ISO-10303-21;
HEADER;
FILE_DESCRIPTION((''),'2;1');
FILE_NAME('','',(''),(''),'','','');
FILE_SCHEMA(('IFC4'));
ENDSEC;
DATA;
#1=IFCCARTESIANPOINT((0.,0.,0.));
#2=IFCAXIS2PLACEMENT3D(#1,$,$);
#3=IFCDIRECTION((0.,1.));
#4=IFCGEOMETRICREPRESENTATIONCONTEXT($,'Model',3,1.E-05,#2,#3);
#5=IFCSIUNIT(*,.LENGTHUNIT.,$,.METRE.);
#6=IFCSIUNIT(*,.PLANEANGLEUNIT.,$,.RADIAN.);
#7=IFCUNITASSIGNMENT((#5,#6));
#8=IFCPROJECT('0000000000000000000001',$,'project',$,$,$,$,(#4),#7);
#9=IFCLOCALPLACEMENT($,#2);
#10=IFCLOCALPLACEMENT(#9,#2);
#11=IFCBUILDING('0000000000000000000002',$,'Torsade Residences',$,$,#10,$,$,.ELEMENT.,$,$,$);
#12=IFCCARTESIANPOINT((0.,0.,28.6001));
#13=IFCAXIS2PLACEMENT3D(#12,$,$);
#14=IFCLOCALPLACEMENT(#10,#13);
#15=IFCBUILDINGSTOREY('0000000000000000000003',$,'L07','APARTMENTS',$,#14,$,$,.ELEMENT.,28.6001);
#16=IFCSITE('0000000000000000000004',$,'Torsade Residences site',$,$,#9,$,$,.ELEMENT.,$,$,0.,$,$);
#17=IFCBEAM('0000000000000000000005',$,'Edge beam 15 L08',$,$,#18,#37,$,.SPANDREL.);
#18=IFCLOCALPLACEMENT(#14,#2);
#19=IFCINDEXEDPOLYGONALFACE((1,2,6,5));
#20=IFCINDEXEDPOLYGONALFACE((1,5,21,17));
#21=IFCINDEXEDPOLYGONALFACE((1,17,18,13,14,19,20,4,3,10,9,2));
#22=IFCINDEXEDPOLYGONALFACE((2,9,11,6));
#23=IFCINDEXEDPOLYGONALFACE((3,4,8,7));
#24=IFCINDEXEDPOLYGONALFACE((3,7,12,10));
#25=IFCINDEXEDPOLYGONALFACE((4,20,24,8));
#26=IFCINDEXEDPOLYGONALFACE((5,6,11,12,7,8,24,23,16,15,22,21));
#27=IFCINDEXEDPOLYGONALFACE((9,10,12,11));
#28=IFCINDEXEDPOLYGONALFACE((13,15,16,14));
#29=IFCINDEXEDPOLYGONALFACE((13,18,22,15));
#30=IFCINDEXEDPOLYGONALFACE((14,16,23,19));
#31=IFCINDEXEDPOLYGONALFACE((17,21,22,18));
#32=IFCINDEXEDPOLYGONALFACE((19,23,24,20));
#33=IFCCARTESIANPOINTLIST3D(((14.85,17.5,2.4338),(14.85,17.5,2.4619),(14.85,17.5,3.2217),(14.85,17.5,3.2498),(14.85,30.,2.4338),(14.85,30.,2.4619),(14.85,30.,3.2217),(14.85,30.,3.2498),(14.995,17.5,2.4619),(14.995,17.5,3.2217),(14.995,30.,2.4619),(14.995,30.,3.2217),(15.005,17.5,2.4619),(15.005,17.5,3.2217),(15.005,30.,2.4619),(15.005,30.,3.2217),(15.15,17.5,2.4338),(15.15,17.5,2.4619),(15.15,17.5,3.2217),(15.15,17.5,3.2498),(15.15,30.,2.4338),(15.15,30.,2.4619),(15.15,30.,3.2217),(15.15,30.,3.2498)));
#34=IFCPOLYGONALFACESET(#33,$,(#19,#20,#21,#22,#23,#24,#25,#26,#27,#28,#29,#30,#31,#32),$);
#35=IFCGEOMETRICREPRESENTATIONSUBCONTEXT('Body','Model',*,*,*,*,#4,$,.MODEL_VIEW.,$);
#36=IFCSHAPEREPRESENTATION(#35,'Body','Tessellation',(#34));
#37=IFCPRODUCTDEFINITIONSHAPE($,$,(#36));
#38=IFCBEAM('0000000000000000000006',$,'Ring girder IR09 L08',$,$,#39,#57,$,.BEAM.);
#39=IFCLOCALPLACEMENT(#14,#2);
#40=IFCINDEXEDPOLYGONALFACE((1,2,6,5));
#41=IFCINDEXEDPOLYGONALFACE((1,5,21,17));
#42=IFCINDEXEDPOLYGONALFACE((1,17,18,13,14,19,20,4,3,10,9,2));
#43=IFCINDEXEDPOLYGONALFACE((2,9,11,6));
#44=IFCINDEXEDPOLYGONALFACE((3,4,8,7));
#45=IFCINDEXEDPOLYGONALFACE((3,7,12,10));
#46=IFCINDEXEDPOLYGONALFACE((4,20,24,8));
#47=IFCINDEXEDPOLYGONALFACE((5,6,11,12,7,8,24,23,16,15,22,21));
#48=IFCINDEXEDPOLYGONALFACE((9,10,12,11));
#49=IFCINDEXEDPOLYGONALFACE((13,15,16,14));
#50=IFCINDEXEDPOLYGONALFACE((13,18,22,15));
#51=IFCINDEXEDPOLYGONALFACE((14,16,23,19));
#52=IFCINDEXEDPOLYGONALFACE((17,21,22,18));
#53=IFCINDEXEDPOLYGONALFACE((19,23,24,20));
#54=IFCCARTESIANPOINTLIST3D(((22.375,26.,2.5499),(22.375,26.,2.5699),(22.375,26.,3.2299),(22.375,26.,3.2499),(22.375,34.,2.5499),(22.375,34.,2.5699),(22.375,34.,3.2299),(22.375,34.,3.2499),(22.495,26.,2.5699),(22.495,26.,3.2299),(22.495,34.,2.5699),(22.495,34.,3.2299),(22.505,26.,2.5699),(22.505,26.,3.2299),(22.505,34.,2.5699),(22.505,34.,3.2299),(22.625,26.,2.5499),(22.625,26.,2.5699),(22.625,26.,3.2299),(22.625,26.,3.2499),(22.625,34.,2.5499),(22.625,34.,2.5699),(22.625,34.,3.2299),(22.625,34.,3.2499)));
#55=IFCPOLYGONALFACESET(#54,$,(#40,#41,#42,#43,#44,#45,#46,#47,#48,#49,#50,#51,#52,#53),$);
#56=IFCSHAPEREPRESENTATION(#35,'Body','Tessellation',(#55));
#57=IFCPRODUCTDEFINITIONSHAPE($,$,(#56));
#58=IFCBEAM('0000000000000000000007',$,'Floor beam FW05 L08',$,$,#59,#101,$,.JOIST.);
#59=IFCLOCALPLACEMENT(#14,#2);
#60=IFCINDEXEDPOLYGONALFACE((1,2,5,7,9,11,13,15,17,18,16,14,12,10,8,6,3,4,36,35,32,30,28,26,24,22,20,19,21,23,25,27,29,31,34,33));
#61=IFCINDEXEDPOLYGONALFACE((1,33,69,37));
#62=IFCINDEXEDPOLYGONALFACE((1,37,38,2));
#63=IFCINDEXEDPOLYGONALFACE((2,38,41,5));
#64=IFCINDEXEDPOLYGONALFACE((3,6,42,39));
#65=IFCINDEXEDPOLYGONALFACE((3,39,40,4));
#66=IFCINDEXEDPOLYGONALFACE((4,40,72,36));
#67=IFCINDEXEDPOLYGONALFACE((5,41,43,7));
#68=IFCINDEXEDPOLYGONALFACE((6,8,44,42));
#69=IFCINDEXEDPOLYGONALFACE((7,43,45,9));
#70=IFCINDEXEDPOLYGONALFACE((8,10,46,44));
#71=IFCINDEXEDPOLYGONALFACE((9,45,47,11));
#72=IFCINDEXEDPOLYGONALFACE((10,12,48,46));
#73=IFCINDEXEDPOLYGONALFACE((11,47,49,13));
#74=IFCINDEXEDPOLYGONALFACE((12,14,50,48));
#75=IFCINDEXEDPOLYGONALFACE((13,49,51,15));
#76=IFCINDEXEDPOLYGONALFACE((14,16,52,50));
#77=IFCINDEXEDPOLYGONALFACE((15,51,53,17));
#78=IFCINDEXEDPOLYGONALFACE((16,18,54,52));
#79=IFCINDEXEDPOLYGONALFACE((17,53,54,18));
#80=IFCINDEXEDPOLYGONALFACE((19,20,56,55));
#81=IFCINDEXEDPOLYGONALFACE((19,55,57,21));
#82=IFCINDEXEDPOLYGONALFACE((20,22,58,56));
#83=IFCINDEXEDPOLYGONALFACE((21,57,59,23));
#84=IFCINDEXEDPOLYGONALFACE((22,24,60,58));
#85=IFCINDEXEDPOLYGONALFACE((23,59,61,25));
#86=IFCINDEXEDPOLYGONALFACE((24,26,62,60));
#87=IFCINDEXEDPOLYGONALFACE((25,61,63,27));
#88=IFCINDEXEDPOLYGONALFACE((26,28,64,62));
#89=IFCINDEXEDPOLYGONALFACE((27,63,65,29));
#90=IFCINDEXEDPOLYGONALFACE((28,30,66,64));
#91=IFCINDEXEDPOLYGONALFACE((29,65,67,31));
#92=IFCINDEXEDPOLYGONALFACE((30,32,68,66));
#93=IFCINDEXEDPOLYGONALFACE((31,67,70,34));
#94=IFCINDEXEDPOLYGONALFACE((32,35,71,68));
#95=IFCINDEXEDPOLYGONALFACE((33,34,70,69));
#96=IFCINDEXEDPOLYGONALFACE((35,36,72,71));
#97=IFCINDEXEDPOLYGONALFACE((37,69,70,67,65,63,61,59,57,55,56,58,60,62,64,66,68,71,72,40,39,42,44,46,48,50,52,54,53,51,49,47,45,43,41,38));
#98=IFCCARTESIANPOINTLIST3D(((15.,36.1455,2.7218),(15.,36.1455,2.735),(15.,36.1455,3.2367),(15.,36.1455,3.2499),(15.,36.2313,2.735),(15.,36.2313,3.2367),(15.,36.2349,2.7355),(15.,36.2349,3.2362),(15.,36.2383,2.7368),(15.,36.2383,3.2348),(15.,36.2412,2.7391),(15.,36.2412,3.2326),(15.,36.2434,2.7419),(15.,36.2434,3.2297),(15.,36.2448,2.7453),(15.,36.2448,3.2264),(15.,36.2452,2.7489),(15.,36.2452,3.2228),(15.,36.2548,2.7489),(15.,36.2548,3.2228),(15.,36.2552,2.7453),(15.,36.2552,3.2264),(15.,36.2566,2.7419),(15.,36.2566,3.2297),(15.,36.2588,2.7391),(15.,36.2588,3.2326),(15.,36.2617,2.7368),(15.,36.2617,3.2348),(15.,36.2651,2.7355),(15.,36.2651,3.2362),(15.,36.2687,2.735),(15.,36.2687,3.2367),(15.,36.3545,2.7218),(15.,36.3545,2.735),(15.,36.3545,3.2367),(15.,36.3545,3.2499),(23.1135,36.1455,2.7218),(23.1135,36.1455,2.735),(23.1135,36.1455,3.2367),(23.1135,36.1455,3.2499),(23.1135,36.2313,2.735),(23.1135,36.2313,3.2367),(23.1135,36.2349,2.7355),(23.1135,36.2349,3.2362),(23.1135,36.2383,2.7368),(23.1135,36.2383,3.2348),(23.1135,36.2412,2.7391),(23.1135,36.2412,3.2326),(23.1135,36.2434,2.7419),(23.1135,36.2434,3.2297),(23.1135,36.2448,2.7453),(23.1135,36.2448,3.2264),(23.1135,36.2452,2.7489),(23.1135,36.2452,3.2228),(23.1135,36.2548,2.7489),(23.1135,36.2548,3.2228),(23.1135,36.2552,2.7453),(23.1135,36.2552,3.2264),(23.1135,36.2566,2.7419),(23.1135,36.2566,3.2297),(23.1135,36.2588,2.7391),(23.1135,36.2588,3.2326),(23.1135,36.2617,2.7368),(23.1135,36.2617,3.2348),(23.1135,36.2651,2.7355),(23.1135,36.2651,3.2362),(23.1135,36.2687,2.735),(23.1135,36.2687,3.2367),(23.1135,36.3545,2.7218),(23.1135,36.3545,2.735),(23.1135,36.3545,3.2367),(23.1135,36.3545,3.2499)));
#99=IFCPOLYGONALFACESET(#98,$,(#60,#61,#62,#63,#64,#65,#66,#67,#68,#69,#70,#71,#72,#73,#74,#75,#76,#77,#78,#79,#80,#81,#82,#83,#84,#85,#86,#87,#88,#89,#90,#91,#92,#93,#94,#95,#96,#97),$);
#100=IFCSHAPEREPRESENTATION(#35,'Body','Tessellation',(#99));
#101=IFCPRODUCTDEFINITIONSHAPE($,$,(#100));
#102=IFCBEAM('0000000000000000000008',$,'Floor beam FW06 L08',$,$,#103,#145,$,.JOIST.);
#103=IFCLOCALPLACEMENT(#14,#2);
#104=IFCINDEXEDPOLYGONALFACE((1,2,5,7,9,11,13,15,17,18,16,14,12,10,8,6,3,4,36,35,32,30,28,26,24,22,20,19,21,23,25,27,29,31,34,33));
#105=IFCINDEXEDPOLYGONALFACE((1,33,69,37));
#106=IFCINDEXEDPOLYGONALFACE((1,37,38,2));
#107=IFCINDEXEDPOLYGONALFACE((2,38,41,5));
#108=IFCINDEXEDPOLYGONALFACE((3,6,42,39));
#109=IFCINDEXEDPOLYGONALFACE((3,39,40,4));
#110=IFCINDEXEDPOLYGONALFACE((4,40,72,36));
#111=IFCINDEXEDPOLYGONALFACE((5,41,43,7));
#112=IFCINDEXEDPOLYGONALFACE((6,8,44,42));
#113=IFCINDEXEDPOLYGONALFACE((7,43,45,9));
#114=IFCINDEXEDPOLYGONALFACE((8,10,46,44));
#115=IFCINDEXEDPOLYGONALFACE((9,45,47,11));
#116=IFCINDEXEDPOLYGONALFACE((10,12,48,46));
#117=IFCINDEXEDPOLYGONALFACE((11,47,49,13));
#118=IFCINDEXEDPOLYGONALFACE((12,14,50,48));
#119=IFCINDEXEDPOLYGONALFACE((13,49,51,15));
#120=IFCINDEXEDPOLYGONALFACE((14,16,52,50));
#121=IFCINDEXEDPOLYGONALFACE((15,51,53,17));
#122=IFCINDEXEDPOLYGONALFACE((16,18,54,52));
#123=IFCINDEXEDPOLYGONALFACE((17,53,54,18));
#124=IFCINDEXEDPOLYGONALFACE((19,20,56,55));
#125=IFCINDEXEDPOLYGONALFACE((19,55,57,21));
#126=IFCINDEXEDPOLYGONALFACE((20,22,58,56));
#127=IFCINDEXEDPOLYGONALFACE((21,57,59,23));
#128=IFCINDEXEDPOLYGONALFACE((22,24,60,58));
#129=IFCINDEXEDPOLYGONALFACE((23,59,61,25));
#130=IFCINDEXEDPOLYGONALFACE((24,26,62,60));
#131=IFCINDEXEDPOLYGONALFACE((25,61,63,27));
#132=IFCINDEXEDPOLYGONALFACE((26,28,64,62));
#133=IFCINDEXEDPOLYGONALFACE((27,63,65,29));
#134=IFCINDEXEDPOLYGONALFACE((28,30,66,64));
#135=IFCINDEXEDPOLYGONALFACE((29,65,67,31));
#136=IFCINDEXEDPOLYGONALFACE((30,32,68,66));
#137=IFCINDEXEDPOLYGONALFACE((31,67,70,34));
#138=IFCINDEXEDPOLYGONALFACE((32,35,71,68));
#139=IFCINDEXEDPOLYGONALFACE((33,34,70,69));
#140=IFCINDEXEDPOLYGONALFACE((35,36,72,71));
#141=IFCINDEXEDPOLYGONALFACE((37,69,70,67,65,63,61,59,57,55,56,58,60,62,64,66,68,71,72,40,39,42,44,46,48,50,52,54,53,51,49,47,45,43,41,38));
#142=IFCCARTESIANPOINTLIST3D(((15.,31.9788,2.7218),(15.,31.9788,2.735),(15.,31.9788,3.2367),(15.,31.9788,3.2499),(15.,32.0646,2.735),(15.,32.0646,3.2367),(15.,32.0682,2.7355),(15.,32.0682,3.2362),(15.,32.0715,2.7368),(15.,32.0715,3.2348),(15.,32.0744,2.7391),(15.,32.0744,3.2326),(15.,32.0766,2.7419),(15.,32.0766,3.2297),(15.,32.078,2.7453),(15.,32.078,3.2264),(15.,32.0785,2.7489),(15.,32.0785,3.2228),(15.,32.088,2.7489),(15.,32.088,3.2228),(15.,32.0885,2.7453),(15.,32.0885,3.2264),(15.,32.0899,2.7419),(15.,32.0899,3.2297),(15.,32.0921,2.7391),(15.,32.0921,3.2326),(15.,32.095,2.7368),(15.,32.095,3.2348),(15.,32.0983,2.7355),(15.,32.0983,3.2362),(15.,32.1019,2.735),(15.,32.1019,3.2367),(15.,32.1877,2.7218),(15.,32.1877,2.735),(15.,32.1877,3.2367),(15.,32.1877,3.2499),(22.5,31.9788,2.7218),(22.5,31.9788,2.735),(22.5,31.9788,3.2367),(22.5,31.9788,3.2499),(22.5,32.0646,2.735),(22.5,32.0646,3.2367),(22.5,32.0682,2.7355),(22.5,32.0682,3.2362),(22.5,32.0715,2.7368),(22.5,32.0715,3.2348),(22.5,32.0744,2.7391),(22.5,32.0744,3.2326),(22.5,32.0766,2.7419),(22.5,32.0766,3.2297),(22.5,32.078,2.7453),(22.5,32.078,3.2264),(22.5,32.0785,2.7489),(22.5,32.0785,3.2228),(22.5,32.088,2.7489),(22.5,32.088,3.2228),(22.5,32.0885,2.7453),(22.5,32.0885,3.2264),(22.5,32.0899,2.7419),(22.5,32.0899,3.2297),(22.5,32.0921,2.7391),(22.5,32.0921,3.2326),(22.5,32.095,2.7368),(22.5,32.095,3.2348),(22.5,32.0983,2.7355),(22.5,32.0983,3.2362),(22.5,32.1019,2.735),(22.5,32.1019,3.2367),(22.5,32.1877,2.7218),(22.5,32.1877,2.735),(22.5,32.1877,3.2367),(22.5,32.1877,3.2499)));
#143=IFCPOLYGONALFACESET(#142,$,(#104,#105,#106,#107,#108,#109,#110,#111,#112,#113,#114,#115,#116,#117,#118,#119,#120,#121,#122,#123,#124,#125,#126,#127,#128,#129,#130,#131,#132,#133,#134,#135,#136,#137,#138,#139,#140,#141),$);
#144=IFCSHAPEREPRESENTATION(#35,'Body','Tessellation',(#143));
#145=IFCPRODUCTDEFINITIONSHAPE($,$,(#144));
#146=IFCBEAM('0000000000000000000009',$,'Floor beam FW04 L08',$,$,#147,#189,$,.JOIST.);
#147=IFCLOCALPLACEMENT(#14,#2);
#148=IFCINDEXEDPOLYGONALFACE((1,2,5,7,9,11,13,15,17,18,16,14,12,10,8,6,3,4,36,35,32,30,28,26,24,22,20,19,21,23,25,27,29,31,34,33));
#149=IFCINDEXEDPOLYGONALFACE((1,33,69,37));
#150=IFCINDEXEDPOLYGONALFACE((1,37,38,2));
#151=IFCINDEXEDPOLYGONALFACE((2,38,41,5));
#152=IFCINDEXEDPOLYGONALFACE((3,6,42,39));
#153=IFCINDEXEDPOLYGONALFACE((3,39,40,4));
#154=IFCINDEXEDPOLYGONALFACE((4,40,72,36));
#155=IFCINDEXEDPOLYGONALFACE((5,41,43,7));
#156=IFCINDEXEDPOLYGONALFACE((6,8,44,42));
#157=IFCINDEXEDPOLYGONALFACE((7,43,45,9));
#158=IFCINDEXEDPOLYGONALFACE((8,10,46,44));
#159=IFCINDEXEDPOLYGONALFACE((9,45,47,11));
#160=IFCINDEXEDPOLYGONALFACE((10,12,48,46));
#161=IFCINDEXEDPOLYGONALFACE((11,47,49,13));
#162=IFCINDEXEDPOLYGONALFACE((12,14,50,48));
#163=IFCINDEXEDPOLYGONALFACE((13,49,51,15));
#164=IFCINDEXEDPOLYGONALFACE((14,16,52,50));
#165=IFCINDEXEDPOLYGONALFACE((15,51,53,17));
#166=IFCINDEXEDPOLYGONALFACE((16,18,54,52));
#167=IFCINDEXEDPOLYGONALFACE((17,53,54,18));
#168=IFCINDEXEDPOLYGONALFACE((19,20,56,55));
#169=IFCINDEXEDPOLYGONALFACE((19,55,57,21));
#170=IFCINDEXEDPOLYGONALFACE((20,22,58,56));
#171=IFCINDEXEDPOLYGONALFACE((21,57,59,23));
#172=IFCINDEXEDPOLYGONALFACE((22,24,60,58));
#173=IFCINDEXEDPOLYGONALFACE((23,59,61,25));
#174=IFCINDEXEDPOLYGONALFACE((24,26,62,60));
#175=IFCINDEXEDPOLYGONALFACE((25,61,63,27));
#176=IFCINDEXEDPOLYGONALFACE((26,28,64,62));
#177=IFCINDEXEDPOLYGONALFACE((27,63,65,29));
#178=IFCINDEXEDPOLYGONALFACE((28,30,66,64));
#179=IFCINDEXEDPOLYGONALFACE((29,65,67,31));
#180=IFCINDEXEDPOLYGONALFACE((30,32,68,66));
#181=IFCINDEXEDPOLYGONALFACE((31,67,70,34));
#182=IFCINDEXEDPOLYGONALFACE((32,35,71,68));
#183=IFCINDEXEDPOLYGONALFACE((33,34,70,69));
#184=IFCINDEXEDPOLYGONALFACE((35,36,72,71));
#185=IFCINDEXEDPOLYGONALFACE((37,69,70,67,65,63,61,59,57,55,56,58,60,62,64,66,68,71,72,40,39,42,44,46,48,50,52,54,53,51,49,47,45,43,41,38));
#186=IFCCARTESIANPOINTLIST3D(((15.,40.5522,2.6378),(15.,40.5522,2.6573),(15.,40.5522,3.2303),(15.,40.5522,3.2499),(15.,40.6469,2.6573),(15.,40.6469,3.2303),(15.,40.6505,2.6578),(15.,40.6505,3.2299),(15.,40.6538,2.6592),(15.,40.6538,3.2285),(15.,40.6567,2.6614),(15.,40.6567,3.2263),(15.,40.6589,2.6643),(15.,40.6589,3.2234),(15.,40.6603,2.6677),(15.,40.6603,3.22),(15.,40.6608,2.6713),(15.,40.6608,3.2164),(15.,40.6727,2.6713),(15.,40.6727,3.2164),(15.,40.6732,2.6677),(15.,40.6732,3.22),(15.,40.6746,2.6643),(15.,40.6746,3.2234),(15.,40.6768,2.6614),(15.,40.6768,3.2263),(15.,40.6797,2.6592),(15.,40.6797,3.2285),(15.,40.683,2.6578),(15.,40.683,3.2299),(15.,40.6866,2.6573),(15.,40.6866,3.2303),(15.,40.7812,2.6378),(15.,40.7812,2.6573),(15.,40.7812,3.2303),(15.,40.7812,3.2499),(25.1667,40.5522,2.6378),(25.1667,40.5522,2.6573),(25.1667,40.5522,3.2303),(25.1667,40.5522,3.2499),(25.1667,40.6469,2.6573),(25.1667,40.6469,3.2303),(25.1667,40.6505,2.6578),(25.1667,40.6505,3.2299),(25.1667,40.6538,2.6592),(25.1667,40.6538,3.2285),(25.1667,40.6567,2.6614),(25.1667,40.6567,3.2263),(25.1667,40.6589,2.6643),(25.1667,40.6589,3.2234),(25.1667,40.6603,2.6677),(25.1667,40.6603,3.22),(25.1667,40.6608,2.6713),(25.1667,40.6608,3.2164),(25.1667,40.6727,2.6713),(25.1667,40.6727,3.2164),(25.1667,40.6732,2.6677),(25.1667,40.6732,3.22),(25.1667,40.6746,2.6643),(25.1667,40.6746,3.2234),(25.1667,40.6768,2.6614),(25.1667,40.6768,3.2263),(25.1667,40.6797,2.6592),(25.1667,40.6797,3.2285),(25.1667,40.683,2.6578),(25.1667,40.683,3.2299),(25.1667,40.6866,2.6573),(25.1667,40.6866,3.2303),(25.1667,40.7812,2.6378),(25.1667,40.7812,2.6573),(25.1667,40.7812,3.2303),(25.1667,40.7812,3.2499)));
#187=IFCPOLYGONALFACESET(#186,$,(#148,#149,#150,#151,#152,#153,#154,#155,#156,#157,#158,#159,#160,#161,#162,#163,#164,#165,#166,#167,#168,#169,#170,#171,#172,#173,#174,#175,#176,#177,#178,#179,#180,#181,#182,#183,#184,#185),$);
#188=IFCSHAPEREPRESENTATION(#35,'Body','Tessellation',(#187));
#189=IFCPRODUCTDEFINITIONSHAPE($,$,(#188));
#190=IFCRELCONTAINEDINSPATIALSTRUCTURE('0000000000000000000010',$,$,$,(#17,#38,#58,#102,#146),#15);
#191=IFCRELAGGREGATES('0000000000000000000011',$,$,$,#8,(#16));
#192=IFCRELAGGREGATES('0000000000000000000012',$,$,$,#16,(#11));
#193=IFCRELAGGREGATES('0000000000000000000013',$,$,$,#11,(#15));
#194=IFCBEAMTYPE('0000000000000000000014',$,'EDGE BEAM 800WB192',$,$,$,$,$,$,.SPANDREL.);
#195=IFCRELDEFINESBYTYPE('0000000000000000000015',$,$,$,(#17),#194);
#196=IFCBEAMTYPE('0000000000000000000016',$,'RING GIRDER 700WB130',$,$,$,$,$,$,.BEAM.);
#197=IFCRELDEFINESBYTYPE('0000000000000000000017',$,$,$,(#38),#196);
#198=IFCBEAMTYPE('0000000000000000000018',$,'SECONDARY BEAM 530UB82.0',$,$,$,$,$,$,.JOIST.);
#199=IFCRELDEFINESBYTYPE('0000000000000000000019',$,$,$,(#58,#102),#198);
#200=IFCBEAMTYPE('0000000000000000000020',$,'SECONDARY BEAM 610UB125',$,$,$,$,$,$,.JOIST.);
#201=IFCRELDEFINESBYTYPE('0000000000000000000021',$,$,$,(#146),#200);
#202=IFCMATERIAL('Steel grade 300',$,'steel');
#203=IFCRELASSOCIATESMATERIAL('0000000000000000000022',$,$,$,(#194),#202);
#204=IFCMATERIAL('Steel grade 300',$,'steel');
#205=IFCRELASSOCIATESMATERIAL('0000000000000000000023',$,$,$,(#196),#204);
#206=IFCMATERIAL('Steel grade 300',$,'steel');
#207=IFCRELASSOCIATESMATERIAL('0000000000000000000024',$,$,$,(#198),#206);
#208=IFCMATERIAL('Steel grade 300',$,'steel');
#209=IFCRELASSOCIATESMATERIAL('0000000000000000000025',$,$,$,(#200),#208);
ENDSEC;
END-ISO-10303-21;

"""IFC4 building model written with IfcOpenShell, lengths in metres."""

from ifc_helpers import new_model, si_unit, direction, frame, origin, origin_2d, place, context, subcontext, project, spatial, i_section, extrude, material, material_profile, profile_set, type_object, element, save


model = new_model("IFC4")

# Units and contexts
model_context = context("Model", 3, precision=1e-05, world=origin(), true_north=direction((0.0, 1.0)))
body_context = subcontext(model_context, "Body", "Model", "MODEL_VIEW")
ifc_project = project(units=[si_unit("LENGTHUNIT", "METRE"), si_unit("PLANEANGLEUNIT", "RADIAN")], contexts=[model_context])

# Site, building, storey
site_placement = place(None, origin())
site = spatial("IfcSite", under=ifc_project, at=site_placement, Name="Torsade Residences site", CompositionType="ELEMENT", RefElevation=0.0)
building_placement = place(site_placement, origin())
building = spatial("IfcBuilding", under=site, at=building_placement, Name="Torsade Residences", CompositionType="ELEMENT")
storey_placement = place(building_placement, frame((0.0, 0.0, 28.6001)))
storey = spatial("IfcBuildingStorey", under=building, at=storey_placement, Name="L07", Description="APARTMENTS", CompositionType="ELEMENT", Elevation=28.6001)

# Beams
ifc_material_1 = material(Name="Steel grade 300", Category="steel")
ifc_material_profile_1 = material_profile(ifc_material_1, i_section(OverallWidth=0.3, OverallDepth=0.8159, WebThickness=0.01, FlangeThickness=0.0281, at=origin_2d()), Name="800WB192")
ifc_profile_set_1 = profile_set([ifc_material_profile_1], Name="Steel grade 300")
beam_type_1 = type_object("IfcBeamType", Name="EDGE BEAM 800WB192", PredefinedType="SPANDREL", material=ifc_profile_set_1)
for number, where, z_axis, x_axis, name in (
    (1, (15.0, 30.0, 2.8418), (0.0, -1.0, 0.0), (1.0, 0.0, 0.0), "Edge beam 15 L08"),
):
    element("IfcBeam", number, at=place(storey_placement, frame(where, z_axis=z_axis, x_axis=x_axis)), inside=storey, type_object=beam_type_1, Name=name, PredefinedType="SPANDREL", context=body_context, shape_type="SweptSolid", body=[
        extrude(i_section(OverallWidth=0.3, OverallDepth=0.8159, WebThickness=0.01, FlangeThickness=0.0281, at=origin_2d()), origin(), (0.0, 0.0, 1.0), 12.5),
    ])
ifc_material_2 = material(Name="Steel grade 300", Category="steel")
ifc_material_profile_2 = material_profile(ifc_material_2, i_section(OverallWidth=0.25, OverallDepth=0.7, WebThickness=0.01, FlangeThickness=0.02, at=origin_2d()), Name="700WB130")
ifc_profile_set_2 = profile_set([ifc_material_profile_2], Name="Steel grade 300")
beam_type_2 = type_object("IfcBeamType", Name="RING GIRDER 700WB130", PredefinedType="BEAM", material=ifc_profile_set_2)
beam_1_placement = place(storey_placement, frame((22.5, 34.0, 2.8999), z_axis=(0.0, -1.0, 0.0), x_axis=(1.0, 0.0, 0.0)))
element("IfcBeam", 2, at=beam_1_placement, inside=storey, type_object=beam_type_2, Name="Ring girder IR09 L08", PredefinedType="BEAM", context=body_context, shape_type="SweptSolid", body=[
    extrude(i_section(OverallWidth=0.25, OverallDepth=0.7, WebThickness=0.01, FlangeThickness=0.02, at=origin_2d()), origin(), (0.0, 0.0, 1.0), 8.0),
])
ifc_material_3 = material(Name="Steel grade 300", Category="steel")
ifc_material_profile_3 = material_profile(ifc_material_3, i_section(OverallWidth=0.209, OverallDepth=0.5281, WebThickness=0.0095, FlangeThickness=0.0132, FilletRadius=0.0139, at=origin_2d()), Name="530UB82.0")
ifc_profile_set_3 = profile_set([ifc_material_profile_3], Name="Steel grade 300")
beam_type_3 = type_object("IfcBeamType", Name="SECONDARY BEAM 530UB82.0", PredefinedType="JOIST", material=ifc_profile_set_3)
beam_2_placement = place(storey_placement, frame((15.0, 36.25, 2.9858), z_axis=(1.0, 0.0, 0.0), x_axis=(0.0, 1.0, 0.0)))
element("IfcBeam", 3, at=beam_2_placement, inside=storey, type_object=beam_type_3, Name="Floor beam FW05 L08", PredefinedType="JOIST", context=body_context, shape_type="SweptSolid", body=[
    extrude(i_section(OverallWidth=0.209, OverallDepth=0.5281, WebThickness=0.0095, FlangeThickness=0.0132, FilletRadius=0.0139, at=origin_2d()), origin(), (0.0, 0.0, 1.0), 8.1135),
])
beam_3_placement = place(storey_placement, frame((15.0, 32.0833, 2.9858), z_axis=(1.0, 0.0, 0.0), x_axis=(0.0, 1.0, 0.0)))
element("IfcBeam", 4, at=beam_3_placement, inside=storey, type_object=beam_type_3, Name="Floor beam FW06 L08", PredefinedType="JOIST", context=body_context, shape_type="SweptSolid", body=[
    extrude(i_section(OverallWidth=0.209, OverallDepth=0.5281, WebThickness=0.0095, FlangeThickness=0.0132, FilletRadius=0.0139, at=origin_2d()), origin(), (0.0, 0.0, 1.0), 7.5),
])
ifc_material_4 = material(Name="Steel grade 300", Category="steel")
ifc_material_profile_4 = material_profile(ifc_material_4, i_section(OverallWidth=0.229, OverallDepth=0.6121, WebThickness=0.012, FlangeThickness=0.0195, FilletRadius=0.0139, at=origin_2d()), Name="610UB125")
ifc_profile_set_4 = profile_set([ifc_material_profile_4], Name="Steel grade 300")
beam_type_4 = type_object("IfcBeamType", Name="SECONDARY BEAM 610UB125", PredefinedType="JOIST", material=ifc_profile_set_4)
beam_4_placement = place(storey_placement, frame((15.0, 40.6667, 2.9438), z_axis=(1.0, 0.0, 0.0), x_axis=(0.0, 1.0, 0.0)))
element("IfcBeam", 5, at=beam_4_placement, inside=storey, type_object=beam_type_4, Name="Floor beam FW04 L08", PredefinedType="JOIST", context=body_context, shape_type="SweptSolid", body=[
    extrude(i_section(OverallWidth=0.229, OverallDepth=0.6121, WebThickness=0.012, FlangeThickness=0.0195, FilletRadius=0.0139, at=origin_2d()), origin(), (0.0, 0.0, 1.0), 10.1667),
])

save(model, "model.ifc")
